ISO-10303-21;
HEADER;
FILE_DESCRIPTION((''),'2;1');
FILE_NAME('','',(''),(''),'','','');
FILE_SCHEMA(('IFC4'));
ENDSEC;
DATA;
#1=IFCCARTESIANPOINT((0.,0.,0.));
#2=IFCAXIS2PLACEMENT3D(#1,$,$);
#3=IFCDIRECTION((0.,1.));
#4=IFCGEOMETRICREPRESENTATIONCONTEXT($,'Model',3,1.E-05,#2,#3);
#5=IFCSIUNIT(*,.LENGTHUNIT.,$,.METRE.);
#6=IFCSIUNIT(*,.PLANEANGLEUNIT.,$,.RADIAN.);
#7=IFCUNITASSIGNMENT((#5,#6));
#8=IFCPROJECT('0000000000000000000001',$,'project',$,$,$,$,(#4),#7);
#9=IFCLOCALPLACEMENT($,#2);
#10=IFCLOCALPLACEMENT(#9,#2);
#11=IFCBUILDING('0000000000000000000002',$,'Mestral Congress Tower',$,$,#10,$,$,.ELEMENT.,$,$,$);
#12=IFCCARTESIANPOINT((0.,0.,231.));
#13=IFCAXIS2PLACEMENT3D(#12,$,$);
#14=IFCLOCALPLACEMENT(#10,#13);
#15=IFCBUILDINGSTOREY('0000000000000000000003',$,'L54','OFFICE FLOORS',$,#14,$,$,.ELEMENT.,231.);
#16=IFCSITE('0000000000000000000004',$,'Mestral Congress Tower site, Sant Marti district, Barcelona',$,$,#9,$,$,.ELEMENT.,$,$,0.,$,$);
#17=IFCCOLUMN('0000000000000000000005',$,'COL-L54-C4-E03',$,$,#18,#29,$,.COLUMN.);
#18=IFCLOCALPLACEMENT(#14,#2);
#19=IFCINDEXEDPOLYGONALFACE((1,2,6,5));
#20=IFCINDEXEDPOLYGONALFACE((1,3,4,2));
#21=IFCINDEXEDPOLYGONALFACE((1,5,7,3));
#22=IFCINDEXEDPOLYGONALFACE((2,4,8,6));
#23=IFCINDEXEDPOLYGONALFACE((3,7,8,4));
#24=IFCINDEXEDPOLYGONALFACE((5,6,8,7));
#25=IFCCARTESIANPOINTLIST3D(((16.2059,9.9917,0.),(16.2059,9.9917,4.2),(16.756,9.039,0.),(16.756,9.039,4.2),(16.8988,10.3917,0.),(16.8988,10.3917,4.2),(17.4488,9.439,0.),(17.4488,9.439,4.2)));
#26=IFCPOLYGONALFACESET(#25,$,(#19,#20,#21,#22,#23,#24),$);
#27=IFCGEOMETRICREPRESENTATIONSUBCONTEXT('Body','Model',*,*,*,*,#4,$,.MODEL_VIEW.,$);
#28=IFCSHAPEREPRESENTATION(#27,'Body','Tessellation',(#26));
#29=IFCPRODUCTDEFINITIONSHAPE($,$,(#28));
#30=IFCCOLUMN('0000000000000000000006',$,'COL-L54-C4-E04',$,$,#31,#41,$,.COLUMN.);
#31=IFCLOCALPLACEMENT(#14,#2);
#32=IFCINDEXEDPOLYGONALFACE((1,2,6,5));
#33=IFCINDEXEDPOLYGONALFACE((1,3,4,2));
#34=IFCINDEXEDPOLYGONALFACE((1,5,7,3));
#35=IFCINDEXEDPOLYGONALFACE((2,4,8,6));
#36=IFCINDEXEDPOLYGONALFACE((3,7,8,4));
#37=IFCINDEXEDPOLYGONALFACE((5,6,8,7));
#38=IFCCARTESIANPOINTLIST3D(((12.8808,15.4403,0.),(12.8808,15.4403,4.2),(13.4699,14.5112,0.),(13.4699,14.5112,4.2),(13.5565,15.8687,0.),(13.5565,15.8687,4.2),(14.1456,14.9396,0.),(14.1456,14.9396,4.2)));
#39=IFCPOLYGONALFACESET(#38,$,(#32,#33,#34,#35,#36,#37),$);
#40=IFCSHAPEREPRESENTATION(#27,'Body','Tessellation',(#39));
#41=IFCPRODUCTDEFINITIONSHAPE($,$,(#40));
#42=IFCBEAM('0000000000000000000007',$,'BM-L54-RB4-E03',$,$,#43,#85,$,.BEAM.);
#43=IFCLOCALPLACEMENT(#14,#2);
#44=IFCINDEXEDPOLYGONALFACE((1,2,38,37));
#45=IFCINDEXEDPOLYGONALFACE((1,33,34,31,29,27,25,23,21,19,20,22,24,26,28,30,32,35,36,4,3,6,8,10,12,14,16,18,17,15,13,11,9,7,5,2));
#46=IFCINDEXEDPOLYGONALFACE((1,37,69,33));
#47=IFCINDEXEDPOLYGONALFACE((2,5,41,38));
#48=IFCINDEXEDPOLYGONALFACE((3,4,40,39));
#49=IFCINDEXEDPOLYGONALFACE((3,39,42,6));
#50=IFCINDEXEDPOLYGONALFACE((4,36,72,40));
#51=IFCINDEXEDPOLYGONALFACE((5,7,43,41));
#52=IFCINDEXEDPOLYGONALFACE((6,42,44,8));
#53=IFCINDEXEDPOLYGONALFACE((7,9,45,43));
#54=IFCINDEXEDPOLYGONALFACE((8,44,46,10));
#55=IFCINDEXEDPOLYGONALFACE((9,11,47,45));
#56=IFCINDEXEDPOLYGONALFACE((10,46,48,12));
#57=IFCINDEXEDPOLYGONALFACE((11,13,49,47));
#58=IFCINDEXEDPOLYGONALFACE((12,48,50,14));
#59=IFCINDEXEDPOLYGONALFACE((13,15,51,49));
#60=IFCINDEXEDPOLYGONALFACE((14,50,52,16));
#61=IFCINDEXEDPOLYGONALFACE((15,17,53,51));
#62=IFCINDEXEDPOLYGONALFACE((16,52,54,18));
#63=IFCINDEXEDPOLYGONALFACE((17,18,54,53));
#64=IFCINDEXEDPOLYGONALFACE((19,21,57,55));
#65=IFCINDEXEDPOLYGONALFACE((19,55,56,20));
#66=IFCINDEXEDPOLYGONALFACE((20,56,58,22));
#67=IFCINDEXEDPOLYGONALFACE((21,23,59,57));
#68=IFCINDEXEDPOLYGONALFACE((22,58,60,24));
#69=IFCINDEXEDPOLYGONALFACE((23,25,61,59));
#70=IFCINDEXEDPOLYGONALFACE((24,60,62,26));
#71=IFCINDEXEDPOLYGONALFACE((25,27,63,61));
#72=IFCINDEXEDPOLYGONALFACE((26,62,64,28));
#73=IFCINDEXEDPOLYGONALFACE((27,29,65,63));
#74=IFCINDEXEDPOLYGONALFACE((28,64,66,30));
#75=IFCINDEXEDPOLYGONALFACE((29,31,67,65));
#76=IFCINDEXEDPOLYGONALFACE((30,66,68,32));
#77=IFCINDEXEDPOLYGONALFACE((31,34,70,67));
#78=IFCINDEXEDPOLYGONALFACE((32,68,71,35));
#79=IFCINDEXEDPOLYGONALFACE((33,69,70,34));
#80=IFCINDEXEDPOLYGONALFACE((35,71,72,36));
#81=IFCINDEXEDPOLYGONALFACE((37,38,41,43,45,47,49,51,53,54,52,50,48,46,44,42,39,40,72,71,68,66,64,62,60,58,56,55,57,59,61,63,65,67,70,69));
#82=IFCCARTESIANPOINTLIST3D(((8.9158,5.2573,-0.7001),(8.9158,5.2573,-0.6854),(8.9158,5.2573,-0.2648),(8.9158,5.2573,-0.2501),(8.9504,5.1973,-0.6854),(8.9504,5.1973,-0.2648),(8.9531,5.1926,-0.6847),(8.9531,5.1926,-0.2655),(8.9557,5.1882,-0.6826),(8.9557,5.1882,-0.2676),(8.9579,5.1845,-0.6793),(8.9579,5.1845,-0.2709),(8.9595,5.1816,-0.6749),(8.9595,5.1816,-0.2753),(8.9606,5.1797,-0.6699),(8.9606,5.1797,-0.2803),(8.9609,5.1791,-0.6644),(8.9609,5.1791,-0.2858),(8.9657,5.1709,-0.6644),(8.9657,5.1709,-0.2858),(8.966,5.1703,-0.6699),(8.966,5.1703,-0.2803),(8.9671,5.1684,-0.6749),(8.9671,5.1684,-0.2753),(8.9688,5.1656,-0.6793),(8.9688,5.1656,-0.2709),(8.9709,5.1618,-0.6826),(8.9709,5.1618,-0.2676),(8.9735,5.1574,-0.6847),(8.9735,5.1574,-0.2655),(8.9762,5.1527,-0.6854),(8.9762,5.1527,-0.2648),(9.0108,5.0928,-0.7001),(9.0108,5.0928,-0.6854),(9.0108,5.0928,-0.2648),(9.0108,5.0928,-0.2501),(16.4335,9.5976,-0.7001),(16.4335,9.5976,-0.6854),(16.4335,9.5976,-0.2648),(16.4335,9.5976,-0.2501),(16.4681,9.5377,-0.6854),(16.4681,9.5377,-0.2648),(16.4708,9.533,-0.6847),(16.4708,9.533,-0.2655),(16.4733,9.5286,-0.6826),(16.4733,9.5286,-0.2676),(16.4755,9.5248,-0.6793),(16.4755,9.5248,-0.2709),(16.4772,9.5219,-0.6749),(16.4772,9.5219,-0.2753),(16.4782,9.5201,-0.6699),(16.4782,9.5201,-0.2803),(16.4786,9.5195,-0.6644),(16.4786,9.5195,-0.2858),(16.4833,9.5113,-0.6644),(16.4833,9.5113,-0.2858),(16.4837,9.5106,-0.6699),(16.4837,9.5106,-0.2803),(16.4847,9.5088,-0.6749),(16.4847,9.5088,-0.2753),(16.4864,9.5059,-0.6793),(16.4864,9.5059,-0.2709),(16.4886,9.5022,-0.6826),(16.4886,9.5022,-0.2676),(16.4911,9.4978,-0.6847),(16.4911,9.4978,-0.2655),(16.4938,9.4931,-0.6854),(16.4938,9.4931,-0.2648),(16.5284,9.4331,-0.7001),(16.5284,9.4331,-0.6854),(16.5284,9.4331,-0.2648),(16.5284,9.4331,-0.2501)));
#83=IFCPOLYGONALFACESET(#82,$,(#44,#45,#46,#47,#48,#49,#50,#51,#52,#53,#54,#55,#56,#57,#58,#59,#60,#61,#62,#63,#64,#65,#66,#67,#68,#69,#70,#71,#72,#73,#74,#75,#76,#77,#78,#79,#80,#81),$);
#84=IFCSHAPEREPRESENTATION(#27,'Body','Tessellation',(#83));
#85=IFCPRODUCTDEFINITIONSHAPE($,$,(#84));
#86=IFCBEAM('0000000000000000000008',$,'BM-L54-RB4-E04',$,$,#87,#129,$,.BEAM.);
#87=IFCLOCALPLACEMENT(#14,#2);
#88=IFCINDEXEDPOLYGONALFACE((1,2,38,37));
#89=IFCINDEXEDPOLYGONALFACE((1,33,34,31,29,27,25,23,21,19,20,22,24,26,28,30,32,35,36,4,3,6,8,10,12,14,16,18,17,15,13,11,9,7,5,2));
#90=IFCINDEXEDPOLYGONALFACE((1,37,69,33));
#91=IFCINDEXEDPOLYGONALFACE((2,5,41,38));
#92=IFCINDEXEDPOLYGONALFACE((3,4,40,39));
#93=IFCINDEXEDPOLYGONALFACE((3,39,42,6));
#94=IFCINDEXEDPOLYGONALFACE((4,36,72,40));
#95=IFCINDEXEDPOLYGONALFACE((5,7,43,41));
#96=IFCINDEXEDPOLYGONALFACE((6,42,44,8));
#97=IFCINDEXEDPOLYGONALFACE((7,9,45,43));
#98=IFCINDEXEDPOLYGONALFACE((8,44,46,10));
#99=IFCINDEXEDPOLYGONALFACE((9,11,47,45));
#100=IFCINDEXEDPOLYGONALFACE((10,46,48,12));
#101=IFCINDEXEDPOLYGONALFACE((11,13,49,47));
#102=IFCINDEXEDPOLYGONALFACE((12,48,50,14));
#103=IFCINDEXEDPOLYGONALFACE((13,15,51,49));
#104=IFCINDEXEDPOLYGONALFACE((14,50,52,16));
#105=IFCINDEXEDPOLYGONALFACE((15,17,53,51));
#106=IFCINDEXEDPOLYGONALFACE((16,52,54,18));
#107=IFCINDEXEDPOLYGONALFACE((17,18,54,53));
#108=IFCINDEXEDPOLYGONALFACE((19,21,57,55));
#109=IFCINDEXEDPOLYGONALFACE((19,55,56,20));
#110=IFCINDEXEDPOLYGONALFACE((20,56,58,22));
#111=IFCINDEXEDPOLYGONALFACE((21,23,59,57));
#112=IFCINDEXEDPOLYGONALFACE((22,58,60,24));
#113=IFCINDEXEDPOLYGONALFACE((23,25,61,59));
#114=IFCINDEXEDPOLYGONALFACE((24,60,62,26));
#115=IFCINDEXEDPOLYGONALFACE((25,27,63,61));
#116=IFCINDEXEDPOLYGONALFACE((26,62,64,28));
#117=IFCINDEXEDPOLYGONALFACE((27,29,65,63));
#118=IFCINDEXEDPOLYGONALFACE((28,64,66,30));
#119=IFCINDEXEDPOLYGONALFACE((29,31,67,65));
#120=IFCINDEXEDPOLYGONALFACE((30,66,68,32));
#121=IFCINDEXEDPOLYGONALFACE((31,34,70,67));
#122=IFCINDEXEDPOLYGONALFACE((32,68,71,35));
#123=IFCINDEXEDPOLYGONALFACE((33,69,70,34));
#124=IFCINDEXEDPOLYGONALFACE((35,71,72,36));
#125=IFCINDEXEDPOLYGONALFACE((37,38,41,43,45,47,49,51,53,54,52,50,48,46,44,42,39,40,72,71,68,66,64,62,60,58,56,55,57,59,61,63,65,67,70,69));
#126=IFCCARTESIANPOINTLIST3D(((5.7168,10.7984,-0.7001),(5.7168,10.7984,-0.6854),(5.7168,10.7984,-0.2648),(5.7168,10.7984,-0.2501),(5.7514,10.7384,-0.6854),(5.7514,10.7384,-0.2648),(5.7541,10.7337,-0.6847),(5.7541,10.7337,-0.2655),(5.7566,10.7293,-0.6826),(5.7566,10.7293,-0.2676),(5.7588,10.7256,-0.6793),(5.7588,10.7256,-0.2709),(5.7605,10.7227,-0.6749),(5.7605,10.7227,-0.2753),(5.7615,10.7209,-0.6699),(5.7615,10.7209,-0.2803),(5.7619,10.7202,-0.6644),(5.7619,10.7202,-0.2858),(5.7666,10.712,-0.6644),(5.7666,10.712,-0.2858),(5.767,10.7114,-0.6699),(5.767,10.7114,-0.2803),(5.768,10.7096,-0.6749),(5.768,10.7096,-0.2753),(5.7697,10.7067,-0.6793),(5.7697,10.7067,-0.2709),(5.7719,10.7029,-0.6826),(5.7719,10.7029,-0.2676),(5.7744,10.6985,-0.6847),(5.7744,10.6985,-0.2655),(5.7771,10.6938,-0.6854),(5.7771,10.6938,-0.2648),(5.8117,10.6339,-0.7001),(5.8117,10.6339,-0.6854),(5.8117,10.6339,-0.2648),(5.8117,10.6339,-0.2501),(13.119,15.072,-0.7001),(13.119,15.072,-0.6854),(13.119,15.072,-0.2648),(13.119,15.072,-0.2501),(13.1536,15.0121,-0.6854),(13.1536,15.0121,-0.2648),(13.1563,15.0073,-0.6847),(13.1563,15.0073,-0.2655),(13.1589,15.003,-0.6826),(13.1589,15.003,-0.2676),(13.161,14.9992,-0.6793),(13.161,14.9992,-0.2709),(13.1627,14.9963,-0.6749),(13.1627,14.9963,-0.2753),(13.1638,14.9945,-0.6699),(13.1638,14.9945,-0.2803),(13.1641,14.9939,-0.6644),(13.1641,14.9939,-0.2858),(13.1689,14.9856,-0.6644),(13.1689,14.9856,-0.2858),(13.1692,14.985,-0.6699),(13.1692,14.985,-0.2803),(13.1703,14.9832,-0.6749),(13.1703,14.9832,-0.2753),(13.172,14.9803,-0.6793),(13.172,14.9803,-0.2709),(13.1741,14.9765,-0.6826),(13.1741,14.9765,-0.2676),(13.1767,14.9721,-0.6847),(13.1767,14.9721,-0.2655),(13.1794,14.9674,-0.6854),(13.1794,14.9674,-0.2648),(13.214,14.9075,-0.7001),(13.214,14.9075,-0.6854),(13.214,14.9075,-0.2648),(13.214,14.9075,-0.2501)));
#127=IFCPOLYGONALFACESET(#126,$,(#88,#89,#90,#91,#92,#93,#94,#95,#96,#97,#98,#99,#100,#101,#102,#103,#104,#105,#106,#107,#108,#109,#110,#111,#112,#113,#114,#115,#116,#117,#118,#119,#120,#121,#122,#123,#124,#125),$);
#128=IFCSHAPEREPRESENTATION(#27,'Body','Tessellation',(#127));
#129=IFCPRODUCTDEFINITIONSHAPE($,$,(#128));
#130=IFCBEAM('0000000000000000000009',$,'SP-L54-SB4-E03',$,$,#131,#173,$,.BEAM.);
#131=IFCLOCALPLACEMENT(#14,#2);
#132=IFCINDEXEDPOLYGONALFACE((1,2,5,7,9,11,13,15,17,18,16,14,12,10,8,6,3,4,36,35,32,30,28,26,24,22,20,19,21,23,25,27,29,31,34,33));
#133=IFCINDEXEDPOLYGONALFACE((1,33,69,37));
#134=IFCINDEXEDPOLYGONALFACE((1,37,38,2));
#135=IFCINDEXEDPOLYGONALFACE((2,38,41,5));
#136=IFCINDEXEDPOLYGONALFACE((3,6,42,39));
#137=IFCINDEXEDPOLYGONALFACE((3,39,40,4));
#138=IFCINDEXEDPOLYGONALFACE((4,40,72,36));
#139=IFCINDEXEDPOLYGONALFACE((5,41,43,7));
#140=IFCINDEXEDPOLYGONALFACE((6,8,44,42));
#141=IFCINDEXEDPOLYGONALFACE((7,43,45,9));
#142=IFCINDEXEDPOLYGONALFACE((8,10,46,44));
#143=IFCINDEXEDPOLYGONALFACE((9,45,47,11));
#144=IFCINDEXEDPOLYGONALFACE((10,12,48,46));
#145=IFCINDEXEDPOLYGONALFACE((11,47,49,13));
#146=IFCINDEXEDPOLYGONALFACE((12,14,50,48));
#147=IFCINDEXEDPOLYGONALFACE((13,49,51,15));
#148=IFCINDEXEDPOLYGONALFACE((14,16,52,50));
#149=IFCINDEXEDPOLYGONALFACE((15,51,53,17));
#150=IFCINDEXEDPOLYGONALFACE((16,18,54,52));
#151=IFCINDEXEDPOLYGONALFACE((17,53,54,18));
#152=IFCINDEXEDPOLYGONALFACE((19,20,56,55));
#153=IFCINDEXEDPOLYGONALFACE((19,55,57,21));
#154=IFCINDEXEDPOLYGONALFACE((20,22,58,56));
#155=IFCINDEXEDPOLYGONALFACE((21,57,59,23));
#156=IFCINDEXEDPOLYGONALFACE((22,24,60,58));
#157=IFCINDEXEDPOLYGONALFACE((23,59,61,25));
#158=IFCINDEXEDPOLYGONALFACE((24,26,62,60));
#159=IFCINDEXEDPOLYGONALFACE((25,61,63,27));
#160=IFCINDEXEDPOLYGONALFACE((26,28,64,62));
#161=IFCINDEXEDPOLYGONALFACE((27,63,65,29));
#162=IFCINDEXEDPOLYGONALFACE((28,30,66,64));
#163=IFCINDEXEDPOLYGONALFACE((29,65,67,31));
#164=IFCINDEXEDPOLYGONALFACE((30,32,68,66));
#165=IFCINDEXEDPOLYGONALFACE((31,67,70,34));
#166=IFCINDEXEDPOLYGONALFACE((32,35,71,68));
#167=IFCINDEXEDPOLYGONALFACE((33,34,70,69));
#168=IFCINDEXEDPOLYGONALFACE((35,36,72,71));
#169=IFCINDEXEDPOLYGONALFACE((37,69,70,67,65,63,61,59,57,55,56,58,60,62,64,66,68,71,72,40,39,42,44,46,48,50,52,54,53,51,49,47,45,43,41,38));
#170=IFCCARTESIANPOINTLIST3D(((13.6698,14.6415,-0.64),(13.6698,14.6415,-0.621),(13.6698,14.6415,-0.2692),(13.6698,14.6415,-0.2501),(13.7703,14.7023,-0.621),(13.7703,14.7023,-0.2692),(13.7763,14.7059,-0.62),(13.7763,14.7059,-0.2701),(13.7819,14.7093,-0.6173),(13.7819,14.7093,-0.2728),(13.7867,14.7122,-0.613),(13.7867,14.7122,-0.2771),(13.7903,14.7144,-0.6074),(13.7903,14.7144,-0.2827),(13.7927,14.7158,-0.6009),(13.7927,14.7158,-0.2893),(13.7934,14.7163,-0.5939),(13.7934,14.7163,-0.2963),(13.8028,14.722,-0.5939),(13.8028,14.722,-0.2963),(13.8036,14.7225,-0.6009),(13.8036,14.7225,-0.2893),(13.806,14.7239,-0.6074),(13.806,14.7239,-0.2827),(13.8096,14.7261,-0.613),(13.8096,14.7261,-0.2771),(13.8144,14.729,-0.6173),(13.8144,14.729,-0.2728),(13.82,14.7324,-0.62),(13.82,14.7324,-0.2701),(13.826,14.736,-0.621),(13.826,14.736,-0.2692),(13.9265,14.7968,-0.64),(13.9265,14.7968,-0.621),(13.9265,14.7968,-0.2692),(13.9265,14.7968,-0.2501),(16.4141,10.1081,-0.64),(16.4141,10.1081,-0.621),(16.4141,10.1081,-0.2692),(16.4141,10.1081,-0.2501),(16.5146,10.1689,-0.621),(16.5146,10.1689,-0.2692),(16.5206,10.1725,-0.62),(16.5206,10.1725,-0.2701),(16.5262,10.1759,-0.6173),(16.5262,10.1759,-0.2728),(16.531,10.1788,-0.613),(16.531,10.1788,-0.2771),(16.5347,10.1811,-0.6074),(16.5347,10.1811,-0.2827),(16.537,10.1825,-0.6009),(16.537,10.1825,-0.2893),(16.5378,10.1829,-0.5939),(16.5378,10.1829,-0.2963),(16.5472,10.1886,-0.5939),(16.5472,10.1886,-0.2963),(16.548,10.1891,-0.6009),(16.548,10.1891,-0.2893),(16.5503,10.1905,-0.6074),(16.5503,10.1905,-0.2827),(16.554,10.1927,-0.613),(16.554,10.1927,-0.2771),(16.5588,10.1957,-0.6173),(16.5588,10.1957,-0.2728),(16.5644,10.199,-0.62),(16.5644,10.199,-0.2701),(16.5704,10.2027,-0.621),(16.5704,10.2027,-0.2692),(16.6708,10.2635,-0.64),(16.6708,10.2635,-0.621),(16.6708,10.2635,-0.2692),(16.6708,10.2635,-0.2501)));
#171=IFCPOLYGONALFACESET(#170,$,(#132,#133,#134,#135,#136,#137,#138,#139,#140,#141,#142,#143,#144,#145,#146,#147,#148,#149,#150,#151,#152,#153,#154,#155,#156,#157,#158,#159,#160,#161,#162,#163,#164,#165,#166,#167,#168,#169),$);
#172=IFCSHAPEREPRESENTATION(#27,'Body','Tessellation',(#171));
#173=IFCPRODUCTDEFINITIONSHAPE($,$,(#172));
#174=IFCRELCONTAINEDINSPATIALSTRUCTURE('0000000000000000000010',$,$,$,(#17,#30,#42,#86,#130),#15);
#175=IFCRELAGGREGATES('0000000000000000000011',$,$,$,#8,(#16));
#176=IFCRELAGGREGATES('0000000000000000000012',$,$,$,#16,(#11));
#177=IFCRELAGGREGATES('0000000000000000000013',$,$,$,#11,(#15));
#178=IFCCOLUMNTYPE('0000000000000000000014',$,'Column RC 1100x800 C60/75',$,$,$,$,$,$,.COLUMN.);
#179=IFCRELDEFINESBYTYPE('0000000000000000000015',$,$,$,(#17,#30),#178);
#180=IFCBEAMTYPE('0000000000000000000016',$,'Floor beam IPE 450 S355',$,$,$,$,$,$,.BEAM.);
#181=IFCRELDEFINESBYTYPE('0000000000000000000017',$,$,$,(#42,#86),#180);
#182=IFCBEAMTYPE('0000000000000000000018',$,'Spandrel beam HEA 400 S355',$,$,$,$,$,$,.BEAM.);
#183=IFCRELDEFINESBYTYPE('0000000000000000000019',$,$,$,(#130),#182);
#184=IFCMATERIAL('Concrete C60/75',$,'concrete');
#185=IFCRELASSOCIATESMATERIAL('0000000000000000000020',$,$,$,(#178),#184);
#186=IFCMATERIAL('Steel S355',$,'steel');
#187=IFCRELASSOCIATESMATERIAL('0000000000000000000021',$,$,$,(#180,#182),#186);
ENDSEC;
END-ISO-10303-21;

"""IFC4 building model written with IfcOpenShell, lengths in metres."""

from ifc_helpers import new_model, si_unit, direction, frame, origin, origin_2d, place, context, subcontext, project, spatial, rectangle, i_section, extrude, material, material_profile, profile_set, type_object, element, save


model = new_model("IFC4")

# Units and contexts
model_context = context("Model", 3, precision=1e-05, world=origin(), true_north=direction((0.0, 1.0)))
body_context = subcontext(model_context, "Body", "Model", "MODEL_VIEW")
ifc_project = project(units=[si_unit("LENGTHUNIT", "METRE"), si_unit("PLANEANGLEUNIT", "RADIAN")], contexts=[model_context])

# Site, building, storey
site_placement = place(None, origin())
site = spatial("IfcSite", under=ifc_project, at=site_placement, Name="Mestral Congress Tower site, Sant Marti district, Barcelona", CompositionType="ELEMENT", RefElevation=0.0)
building_placement = place(site_placement, origin())
building = spatial("IfcBuilding", under=site, at=building_placement, Name="Mestral Congress Tower", CompositionType="ELEMENT")
storey_placement = place(building_placement, frame((0.0, 0.0, 231.0)))
storey = spatial("IfcBuildingStorey", under=building, at=storey_placement, Name="L54", Description="OFFICE FLOORS", CompositionType="ELEMENT", Elevation=231.0)

# Columns
ifc_material_1 = material(Name="Concrete C60/75", Category="concrete")
ifc_material_profile_1 = material_profile(ifc_material_1, rectangle(XDim=1.1001, YDim=0.8, at=origin_2d()), Name="RC 1100x800")
ifc_profile_set_1 = profile_set([ifc_material_profile_1], Name="Concrete C60/75")
column_type = type_object("IfcColumnType", Name="Column RC 1100x800 C60/75", PredefinedType="COLUMN", material=ifc_profile_set_1)
for number, where, z_axis, x_axis, name in (
    (1, (16.8274, 9.7153, 0.0), (0.0, 0.0, 1.0), (-0.5, 0.866025, 0.0), "COL-L54-C4-E03"),
    (2, (13.5132, 15.1899, 0.0), (0.0, 0.0, 1.0), (-0.535503, 0.844534, 0.0), "COL-L54-C4-E04"),
):
    element("IfcColumn", number, at=place(storey_placement, frame(where, z_axis=z_axis, x_axis=x_axis)), inside=storey, type_object=column_type, Name=name, PredefinedType="COLUMN", context=body_context, shape_type="SweptSolid", body=[
        extrude(rectangle(XDim=1.1001, YDim=0.8, at=origin_2d()), origin(), (0.0, 0.0, 1.0), 4.2),
    ])

# Beams
ifc_material_2 = material(Name="Steel S355", Category="steel")
ifc_material_profile_2 = material_profile(ifc_material_2, i_section(OverallWidth=0.1899, OverallDepth=0.45, WebThickness=0.0095, FlangeThickness=0.0146, FilletRadius=0.021, at=origin_2d()), Name="IPE 450")
ifc_profile_set_2 = profile_set([ifc_material_profile_2], Name="Steel S355")
beam_type_1 = type_object("IfcBeamType", Name="Floor beam IPE 450 S355", PredefinedType="BEAM", material=ifc_profile_set_2)
beam_1_placement = place(storey_placement, frame((16.481, 9.5154, -0.4751), z_axis=(-0.866023, -0.500005, 0.0), x_axis=(0.500005, -0.866023, 0.0)))
element("IfcBeam", 3, at=beam_1_placement, inside=storey, type_object=beam_type_1, Name="BM-L54-RB4-E03", PredefinedType="BEAM", context=body_context, shape_type="SweptSolid", body=[
    extrude(i_section(OverallWidth=0.1899, OverallDepth=0.45, WebThickness=0.0095, FlangeThickness=0.0146, FilletRadius=0.021, at=origin_2d()), origin(), (0.0, 0.0, 1.0), 8.6807),
])
beam_2_placement = place(storey_placement, frame((13.1665, 14.9897, -0.4751), z_axis=(-0.866029, -0.499994, 0.0), x_axis=(0.499994, -0.866029, 0.0)))
element("IfcBeam", 4, at=beam_2_placement, inside=storey, type_object=beam_type_1, Name="BM-L54-RB4-E04", PredefinedType="BEAM", context=body_context, shape_type="SweptSolid", body=[
    extrude(i_section(OverallWidth=0.1899, OverallDepth=0.45, WebThickness=0.0095, FlangeThickness=0.0146, FilletRadius=0.021, at=origin_2d()), origin(), (0.0, 0.0, 1.0), 8.5474),
])
ifc_material_profile_3 = material_profile(ifc_material_2, i_section(OverallWidth=0.3, OverallDepth=0.3899, WebThickness=0.011, FlangeThickness=0.019, FilletRadius=0.0271, at=origin_2d()), Name="HEA 400")
ifc_profile_set_3 = profile_set([ifc_material_profile_3], Name="Steel S355")
beam_type_2 = type_object("IfcBeamType", Name="Spandrel beam HEA 400 S355", PredefinedType="BEAM", material=ifc_profile_set_3)
for number, where, z_axis, x_axis, name in (
    (5, (16.5425, 10.1858, -0.4451), (-0.517866, 0.855462, 0.0), (-0.855462, -0.517866, 0.0), "SP-L54-SB4-E03"),
):
    element("IfcBeam", number, at=place(storey_placement, frame(where, z_axis=z_axis, x_axis=x_axis)), inside=storey, type_object=beam_type_2, Name=name, PredefinedType="BEAM", context=body_context, shape_type="SweptSolid", body=[
        extrude(i_section(OverallWidth=0.3, OverallDepth=0.3899, WebThickness=0.011, FlangeThickness=0.019, FilletRadius=0.0271, at=origin_2d()), origin(), (0.0, 0.0, 1.0), 5.2993),
    ])

save(model, "model.ifc")
